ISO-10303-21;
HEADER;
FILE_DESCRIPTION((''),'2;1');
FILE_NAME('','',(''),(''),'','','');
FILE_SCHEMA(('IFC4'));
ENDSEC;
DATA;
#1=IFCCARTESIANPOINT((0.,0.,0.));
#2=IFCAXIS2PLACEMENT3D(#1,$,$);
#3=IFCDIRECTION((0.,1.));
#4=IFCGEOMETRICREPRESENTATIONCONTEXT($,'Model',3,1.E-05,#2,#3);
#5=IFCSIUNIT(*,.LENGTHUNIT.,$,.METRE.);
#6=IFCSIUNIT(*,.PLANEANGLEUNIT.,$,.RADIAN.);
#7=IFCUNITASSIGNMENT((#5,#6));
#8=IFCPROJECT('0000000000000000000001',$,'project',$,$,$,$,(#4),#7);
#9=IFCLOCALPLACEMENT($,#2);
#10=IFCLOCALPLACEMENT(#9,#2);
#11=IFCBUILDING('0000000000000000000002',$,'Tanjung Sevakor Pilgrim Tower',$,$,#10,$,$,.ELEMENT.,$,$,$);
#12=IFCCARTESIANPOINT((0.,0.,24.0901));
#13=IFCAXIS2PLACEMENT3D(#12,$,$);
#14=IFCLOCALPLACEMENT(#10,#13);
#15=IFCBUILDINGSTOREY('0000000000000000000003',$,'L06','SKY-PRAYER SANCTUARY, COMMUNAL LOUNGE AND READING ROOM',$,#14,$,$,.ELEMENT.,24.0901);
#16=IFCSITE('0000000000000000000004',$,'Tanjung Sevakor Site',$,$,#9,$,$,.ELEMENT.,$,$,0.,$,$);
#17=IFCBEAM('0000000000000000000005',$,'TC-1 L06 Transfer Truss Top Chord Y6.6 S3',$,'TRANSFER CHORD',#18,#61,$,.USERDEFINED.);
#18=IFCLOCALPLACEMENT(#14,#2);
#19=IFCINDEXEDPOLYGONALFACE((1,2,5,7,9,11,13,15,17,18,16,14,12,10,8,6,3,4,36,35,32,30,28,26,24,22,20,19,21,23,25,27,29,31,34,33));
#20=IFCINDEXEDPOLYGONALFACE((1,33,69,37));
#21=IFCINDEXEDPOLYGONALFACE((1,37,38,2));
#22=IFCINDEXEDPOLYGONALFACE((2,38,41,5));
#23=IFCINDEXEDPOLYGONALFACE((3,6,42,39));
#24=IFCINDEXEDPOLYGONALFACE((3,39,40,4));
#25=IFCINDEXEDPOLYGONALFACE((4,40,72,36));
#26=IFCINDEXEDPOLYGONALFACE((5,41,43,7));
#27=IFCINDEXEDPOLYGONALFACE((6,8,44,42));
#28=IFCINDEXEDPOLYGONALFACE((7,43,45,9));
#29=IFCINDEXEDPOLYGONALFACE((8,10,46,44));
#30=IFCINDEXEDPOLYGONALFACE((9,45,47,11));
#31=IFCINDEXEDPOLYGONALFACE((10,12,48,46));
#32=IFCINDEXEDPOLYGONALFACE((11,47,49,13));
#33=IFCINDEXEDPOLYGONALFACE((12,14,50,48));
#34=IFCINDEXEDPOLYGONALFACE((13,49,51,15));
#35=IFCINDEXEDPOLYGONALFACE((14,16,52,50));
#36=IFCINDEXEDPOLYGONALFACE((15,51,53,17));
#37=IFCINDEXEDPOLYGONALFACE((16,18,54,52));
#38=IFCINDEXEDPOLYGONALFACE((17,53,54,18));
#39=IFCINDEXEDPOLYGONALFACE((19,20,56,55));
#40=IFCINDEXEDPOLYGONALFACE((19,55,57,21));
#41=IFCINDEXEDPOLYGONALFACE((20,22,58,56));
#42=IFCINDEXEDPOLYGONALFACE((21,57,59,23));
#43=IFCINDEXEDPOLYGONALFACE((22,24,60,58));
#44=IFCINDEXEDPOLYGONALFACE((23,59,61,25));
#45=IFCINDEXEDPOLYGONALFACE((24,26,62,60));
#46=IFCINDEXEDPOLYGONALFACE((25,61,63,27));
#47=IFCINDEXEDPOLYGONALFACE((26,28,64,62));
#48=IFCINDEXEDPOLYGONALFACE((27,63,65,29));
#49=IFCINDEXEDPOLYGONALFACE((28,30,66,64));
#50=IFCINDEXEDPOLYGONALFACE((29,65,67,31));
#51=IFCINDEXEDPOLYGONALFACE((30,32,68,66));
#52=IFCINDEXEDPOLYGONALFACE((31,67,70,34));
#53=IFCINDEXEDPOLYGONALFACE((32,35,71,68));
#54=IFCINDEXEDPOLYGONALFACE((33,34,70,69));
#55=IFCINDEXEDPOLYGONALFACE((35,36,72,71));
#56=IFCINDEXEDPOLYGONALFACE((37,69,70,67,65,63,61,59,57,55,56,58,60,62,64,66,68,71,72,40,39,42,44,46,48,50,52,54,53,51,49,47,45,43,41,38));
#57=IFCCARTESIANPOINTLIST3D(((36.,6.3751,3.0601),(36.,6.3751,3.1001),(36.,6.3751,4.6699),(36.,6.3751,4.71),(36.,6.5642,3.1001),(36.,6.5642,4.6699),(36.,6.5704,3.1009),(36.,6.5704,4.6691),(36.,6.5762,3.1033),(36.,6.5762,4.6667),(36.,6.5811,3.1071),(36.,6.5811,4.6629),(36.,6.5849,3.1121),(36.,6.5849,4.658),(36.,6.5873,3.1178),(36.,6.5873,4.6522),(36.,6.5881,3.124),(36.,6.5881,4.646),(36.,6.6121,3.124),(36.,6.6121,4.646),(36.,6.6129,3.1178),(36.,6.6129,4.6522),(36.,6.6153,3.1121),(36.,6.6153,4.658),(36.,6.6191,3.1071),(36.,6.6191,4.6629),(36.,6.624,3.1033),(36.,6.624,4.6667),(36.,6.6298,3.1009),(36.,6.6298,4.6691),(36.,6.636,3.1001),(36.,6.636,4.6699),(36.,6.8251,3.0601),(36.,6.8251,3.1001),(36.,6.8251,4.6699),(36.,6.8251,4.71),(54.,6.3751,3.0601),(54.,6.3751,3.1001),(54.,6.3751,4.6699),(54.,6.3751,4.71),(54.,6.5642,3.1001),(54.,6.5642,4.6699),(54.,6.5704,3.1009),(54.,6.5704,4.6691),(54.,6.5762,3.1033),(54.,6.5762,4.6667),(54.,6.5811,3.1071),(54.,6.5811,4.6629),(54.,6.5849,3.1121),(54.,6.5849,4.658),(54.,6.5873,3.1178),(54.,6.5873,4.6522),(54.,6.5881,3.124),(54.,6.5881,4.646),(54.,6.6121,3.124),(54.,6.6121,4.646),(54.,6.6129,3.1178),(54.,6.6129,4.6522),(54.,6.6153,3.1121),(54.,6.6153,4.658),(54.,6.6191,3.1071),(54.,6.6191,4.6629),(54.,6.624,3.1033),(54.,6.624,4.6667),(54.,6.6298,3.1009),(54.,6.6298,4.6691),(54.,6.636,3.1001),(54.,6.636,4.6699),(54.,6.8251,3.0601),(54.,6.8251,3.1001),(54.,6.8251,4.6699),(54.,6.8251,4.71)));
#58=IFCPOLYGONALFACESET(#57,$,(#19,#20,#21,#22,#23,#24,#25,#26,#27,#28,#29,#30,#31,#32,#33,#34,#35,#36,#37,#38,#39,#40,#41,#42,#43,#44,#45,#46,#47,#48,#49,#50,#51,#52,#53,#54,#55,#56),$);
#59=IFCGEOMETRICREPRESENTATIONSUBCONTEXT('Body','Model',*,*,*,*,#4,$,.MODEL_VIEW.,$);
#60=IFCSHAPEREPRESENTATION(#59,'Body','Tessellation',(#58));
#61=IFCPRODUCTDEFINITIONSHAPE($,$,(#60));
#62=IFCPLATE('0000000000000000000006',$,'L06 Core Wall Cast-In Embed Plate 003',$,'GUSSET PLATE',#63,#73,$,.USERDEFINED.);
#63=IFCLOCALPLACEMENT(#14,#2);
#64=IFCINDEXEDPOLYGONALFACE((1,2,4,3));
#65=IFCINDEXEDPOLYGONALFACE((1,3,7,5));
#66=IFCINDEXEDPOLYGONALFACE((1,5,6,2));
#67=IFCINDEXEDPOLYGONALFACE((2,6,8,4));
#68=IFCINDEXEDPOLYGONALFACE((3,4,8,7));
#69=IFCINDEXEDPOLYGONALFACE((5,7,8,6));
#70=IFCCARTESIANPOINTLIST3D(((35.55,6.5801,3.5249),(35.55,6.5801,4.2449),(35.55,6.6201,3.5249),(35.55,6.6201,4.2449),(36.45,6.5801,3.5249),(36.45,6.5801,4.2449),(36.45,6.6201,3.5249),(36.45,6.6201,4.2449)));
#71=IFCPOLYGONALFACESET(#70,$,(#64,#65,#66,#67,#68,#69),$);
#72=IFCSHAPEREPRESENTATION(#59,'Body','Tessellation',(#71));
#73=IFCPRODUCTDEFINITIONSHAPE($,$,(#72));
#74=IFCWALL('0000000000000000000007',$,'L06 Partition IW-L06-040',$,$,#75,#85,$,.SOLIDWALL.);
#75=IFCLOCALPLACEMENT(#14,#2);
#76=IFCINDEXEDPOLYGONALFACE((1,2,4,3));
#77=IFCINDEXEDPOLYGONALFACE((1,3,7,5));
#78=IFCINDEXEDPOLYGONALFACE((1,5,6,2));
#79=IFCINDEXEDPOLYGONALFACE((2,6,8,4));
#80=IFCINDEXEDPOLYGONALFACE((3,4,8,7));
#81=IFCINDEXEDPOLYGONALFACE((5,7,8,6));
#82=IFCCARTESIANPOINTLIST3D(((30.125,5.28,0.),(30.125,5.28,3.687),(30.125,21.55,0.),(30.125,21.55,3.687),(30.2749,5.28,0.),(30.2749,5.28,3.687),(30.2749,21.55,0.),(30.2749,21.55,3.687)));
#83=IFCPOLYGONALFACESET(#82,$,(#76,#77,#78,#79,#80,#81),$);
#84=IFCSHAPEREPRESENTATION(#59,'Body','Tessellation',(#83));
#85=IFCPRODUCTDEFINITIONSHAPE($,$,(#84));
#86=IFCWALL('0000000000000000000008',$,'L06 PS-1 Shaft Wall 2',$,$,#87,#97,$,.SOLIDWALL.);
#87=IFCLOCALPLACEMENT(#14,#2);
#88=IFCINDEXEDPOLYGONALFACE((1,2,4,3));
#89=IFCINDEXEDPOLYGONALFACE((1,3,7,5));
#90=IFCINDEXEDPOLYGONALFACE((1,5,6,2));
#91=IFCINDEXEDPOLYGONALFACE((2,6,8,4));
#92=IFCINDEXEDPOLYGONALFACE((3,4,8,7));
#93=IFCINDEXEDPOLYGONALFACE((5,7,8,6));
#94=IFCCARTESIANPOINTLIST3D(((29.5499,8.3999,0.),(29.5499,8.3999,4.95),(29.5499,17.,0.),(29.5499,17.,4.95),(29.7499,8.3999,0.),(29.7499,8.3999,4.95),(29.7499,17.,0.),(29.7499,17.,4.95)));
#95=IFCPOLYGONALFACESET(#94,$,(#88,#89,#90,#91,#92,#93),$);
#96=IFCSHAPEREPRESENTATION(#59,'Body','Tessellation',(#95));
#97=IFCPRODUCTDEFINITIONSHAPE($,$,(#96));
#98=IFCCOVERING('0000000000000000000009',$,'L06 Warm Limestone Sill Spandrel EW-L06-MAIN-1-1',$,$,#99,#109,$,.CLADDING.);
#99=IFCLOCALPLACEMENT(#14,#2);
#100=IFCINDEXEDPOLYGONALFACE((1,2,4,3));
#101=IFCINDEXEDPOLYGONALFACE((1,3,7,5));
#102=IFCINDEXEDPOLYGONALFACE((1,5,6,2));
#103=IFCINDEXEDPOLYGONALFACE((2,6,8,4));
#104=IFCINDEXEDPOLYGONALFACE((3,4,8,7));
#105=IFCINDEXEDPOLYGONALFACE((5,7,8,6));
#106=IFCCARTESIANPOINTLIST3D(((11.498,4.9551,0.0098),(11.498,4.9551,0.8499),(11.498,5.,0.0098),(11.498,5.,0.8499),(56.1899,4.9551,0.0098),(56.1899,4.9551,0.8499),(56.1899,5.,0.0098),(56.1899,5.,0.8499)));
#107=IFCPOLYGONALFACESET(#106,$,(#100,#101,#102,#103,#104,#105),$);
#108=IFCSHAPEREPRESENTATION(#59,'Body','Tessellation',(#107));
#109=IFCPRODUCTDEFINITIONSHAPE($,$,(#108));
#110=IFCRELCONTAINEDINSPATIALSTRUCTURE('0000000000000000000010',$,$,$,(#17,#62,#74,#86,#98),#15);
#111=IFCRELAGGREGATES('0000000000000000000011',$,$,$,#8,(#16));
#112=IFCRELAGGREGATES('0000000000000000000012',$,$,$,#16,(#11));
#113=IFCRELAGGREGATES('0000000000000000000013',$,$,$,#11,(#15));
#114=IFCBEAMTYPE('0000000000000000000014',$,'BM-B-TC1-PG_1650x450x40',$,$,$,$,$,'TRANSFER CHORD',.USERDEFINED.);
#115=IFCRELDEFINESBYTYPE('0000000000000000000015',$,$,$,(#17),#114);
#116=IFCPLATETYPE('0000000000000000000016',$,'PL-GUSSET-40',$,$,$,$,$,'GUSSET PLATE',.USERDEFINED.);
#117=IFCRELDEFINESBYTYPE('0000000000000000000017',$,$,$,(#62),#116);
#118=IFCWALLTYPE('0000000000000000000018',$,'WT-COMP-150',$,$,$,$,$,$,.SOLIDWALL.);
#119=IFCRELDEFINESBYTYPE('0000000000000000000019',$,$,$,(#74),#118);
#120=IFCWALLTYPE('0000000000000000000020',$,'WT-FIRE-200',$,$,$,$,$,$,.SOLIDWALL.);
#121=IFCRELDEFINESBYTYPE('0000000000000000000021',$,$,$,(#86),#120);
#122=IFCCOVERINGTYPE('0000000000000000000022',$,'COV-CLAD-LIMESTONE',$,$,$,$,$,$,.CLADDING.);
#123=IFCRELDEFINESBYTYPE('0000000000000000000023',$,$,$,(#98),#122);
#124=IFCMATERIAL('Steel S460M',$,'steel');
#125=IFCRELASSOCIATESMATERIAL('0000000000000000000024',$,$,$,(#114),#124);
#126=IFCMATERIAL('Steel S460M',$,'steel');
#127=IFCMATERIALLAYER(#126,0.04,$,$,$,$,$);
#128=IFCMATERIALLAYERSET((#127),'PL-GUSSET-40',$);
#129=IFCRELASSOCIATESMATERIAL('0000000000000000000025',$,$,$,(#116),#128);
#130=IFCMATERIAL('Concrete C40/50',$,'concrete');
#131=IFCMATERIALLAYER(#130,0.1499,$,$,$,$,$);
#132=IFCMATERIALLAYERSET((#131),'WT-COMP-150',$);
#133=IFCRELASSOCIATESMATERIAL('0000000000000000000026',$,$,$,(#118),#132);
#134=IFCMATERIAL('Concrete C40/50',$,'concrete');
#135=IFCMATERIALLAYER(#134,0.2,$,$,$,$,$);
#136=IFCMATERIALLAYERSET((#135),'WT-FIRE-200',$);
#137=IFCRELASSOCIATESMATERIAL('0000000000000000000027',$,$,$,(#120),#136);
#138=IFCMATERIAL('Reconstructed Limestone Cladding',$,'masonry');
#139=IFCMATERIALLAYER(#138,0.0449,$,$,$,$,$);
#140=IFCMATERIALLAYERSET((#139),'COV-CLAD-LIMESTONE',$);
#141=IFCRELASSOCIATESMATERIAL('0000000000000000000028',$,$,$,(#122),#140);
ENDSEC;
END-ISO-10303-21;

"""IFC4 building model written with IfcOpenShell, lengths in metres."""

from ifc_helpers import new_model, si_unit, direction, frame, frame_2d, origin, origin_2d, place, context, subcontext, project, spatial, rectangle, i_section, extrude, material, layer, layer_set, material_profile, profile_set, type_object, element, save


model = new_model("IFC4")

# Units and contexts
model_context = context("Model", 3, precision=1e-05, world=origin(), true_north=direction((0.0, 1.0)))
body_context = subcontext(model_context, "Body", "Model", "MODEL_VIEW")
ifc_project = project(units=[si_unit("LENGTHUNIT", "METRE"), si_unit("PLANEANGLEUNIT", "RADIAN")], contexts=[model_context])

# Site, building, storey
site_placement = place(None, origin())
site = spatial("IfcSite", under=ifc_project, at=site_placement, Name="Tanjung Sevakor Site", CompositionType="ELEMENT", RefElevation=0.0)
building_placement = place(site_placement, origin())
building = spatial("IfcBuilding", under=site, at=building_placement, Name="Tanjung Sevakor Pilgrim Tower", CompositionType="ELEMENT")
storey_placement = place(building_placement, frame((0.0, 0.0, 24.0901)))
storey = spatial("IfcBuildingStorey", under=building, at=storey_placement, Name="L06", Description="SKY-PRAYER SANCTUARY, COMMUNAL LOUNGE AND READING ROOM", CompositionType="ELEMENT", Elevation=24.0901)

# Beam
ifc_material_1 = material(Name="Steel S460M", Category="steel")
ifc_material_profile_1 = material_profile(ifc_material_1, i_section(OverallWidth=0.45, OverallDepth=1.6499, WebThickness=0.0239, FlangeThickness=0.04, FilletRadius=0.0239, at=origin_2d()))
ifc_profile_set_1 = profile_set([ifc_material_profile_1], Name="Steel S460M")
beam_type_1 = type_object("IfcBeamType", Name="BM-B-TC1-PG_1650x450x40", ElementType="TRANSFER CHORD", PredefinedType="USERDEFINED", material=ifc_profile_set_1)
beam_1_placement = place(storey_placement, frame((36.0, 6.6001, 3.885), z_axis=(1.0, 0.0, 0.0), x_axis=(0.0, 1.0, 0.0)))
element("IfcBeam", 1, at=beam_1_placement, inside=storey, type_object=beam_type_1, Name="TC-1 L06 Transfer Truss Top Chord Y6.6 S3", ObjectType="TRANSFER CHORD", PredefinedType="USERDEFINED", context=body_context, shape_type="SweptSolid", body=[
    extrude(i_section(OverallWidth=0.45, OverallDepth=1.6499, WebThickness=0.0239, FlangeThickness=0.04, FilletRadius=0.0239, at=origin_2d()), origin(), (0.0, 0.0, 1.0), 18.0),
])

# Plate
ifc_material_2 = material(Name="Steel S460M", Category="steel")
ifc_layer_1 = layer(ifc_material_2, 0.04)
ifc_layer_set_1 = layer_set([ifc_layer_1], Name="PL-GUSSET-40")
plate_type = type_object("IfcPlateType", Name="PL-GUSSET-40", ElementType="GUSSET PLATE", PredefinedType="USERDEFINED", material=ifc_layer_set_1)
plate_placement = place(storey_placement, frame((36.0, 6.6001, 3.5249), z_axis=(0.0, 0.0, 1.0), x_axis=(1.0, 0.0, 0.0)))
element("IfcPlate", 2, at=plate_placement, inside=storey, type_object=plate_type, Name="L06 Core Wall Cast-In Embed Plate 003", ObjectType="GUSSET PLATE", PredefinedType="USERDEFINED", context=body_context, shape_type="SweptSolid", body=[
    extrude(rectangle(XDim=0.8999, YDim=0.04, at=origin_2d()), origin(), (0.0, 0.0, 1.0), 0.72),
])

# Walls
ifc_material_3 = material(Name="Concrete C40/50", Category="concrete")
ifc_layer_2 = layer(ifc_material_3, 0.1499)
ifc_layer_set_2 = layer_set([ifc_layer_2], Name="WT-COMP-150")
wall_type_1 = type_object("IfcWallType", Name="WT-COMP-150", PredefinedType="SOLIDWALL", material=ifc_layer_set_2)
wall_1_placement = place(storey_placement, frame((30.2, 5.28, 0.0), z_axis=(0.0, 0.0, 1.0), x_axis=(0.0, 1.0, 0.0)))
element("IfcWall", 3, at=wall_1_placement, inside=storey, type_object=wall_type_1, Name="L06 Partition IW-L06-040", PredefinedType="SOLIDWALL", context=body_context, shape_type="SweptSolid", body=[
    extrude(rectangle(XDim=16.27, YDim=0.1499, at=frame_2d((8.135, 0.0))), origin(), (0.0, 0.0, 1.0), 3.687),
])
ifc_material_4 = material(Name="Concrete C40/50", Category="concrete")
ifc_layer_3 = layer(ifc_material_4, 0.2)
ifc_layer_set_3 = layer_set([ifc_layer_3], Name="WT-FIRE-200")
wall_type_2 = type_object("IfcWallType", Name="WT-FIRE-200", PredefinedType="SOLIDWALL", material=ifc_layer_set_3)
wall_2_placement = place(storey_placement, frame((29.6499, 8.3999, 0.0), z_axis=(0.0, 0.0, 1.0), x_axis=(0.0, 1.0, 0.0)))
element("IfcWall", 4, at=wall_2_placement, inside=storey, type_object=wall_type_2, Name="L06 PS-1 Shaft Wall 2", PredefinedType="SOLIDWALL", context=body_context, shape_type="SweptSolid", body=[
    extrude(rectangle(XDim=8.6001, YDim=0.2, at=frame_2d((4.3, 0.0))), origin(), (0.0, 0.0, 1.0), 4.95),
])

# Covering
ifc_material_5 = material(Name="Reconstructed Limestone Cladding", Category="masonry")
ifc_layer_4 = layer(ifc_material_5, 0.0449)
ifc_layer_set_4 = layer_set([ifc_layer_4], Name="COV-CLAD-LIMESTONE")
covering_type = type_object("IfcCoveringType", Name="COV-CLAD-LIMESTONE", PredefinedType="CLADDING", material=ifc_layer_set_4)
covering_placement = place(storey_placement, frame((33.844, 4.9775, 0.0098), z_axis=(0.0, 0.0, 1.0), x_axis=(1.0, 0.0, 0.0)))
element("IfcCovering", 5, at=covering_placement, inside=storey, type_object=covering_type, Name="L06 Warm Limestone Sill Spandrel EW-L06-MAIN-1-1", PredefinedType="CLADDING", context=body_context, shape_type="SweptSolid", body=[
    extrude(rectangle(XDim=44.6919, YDim=0.0449, at=origin_2d()), origin(), (0.0, 0.0, 1.0), 0.8401),
])

save(model, "model.ifc")
